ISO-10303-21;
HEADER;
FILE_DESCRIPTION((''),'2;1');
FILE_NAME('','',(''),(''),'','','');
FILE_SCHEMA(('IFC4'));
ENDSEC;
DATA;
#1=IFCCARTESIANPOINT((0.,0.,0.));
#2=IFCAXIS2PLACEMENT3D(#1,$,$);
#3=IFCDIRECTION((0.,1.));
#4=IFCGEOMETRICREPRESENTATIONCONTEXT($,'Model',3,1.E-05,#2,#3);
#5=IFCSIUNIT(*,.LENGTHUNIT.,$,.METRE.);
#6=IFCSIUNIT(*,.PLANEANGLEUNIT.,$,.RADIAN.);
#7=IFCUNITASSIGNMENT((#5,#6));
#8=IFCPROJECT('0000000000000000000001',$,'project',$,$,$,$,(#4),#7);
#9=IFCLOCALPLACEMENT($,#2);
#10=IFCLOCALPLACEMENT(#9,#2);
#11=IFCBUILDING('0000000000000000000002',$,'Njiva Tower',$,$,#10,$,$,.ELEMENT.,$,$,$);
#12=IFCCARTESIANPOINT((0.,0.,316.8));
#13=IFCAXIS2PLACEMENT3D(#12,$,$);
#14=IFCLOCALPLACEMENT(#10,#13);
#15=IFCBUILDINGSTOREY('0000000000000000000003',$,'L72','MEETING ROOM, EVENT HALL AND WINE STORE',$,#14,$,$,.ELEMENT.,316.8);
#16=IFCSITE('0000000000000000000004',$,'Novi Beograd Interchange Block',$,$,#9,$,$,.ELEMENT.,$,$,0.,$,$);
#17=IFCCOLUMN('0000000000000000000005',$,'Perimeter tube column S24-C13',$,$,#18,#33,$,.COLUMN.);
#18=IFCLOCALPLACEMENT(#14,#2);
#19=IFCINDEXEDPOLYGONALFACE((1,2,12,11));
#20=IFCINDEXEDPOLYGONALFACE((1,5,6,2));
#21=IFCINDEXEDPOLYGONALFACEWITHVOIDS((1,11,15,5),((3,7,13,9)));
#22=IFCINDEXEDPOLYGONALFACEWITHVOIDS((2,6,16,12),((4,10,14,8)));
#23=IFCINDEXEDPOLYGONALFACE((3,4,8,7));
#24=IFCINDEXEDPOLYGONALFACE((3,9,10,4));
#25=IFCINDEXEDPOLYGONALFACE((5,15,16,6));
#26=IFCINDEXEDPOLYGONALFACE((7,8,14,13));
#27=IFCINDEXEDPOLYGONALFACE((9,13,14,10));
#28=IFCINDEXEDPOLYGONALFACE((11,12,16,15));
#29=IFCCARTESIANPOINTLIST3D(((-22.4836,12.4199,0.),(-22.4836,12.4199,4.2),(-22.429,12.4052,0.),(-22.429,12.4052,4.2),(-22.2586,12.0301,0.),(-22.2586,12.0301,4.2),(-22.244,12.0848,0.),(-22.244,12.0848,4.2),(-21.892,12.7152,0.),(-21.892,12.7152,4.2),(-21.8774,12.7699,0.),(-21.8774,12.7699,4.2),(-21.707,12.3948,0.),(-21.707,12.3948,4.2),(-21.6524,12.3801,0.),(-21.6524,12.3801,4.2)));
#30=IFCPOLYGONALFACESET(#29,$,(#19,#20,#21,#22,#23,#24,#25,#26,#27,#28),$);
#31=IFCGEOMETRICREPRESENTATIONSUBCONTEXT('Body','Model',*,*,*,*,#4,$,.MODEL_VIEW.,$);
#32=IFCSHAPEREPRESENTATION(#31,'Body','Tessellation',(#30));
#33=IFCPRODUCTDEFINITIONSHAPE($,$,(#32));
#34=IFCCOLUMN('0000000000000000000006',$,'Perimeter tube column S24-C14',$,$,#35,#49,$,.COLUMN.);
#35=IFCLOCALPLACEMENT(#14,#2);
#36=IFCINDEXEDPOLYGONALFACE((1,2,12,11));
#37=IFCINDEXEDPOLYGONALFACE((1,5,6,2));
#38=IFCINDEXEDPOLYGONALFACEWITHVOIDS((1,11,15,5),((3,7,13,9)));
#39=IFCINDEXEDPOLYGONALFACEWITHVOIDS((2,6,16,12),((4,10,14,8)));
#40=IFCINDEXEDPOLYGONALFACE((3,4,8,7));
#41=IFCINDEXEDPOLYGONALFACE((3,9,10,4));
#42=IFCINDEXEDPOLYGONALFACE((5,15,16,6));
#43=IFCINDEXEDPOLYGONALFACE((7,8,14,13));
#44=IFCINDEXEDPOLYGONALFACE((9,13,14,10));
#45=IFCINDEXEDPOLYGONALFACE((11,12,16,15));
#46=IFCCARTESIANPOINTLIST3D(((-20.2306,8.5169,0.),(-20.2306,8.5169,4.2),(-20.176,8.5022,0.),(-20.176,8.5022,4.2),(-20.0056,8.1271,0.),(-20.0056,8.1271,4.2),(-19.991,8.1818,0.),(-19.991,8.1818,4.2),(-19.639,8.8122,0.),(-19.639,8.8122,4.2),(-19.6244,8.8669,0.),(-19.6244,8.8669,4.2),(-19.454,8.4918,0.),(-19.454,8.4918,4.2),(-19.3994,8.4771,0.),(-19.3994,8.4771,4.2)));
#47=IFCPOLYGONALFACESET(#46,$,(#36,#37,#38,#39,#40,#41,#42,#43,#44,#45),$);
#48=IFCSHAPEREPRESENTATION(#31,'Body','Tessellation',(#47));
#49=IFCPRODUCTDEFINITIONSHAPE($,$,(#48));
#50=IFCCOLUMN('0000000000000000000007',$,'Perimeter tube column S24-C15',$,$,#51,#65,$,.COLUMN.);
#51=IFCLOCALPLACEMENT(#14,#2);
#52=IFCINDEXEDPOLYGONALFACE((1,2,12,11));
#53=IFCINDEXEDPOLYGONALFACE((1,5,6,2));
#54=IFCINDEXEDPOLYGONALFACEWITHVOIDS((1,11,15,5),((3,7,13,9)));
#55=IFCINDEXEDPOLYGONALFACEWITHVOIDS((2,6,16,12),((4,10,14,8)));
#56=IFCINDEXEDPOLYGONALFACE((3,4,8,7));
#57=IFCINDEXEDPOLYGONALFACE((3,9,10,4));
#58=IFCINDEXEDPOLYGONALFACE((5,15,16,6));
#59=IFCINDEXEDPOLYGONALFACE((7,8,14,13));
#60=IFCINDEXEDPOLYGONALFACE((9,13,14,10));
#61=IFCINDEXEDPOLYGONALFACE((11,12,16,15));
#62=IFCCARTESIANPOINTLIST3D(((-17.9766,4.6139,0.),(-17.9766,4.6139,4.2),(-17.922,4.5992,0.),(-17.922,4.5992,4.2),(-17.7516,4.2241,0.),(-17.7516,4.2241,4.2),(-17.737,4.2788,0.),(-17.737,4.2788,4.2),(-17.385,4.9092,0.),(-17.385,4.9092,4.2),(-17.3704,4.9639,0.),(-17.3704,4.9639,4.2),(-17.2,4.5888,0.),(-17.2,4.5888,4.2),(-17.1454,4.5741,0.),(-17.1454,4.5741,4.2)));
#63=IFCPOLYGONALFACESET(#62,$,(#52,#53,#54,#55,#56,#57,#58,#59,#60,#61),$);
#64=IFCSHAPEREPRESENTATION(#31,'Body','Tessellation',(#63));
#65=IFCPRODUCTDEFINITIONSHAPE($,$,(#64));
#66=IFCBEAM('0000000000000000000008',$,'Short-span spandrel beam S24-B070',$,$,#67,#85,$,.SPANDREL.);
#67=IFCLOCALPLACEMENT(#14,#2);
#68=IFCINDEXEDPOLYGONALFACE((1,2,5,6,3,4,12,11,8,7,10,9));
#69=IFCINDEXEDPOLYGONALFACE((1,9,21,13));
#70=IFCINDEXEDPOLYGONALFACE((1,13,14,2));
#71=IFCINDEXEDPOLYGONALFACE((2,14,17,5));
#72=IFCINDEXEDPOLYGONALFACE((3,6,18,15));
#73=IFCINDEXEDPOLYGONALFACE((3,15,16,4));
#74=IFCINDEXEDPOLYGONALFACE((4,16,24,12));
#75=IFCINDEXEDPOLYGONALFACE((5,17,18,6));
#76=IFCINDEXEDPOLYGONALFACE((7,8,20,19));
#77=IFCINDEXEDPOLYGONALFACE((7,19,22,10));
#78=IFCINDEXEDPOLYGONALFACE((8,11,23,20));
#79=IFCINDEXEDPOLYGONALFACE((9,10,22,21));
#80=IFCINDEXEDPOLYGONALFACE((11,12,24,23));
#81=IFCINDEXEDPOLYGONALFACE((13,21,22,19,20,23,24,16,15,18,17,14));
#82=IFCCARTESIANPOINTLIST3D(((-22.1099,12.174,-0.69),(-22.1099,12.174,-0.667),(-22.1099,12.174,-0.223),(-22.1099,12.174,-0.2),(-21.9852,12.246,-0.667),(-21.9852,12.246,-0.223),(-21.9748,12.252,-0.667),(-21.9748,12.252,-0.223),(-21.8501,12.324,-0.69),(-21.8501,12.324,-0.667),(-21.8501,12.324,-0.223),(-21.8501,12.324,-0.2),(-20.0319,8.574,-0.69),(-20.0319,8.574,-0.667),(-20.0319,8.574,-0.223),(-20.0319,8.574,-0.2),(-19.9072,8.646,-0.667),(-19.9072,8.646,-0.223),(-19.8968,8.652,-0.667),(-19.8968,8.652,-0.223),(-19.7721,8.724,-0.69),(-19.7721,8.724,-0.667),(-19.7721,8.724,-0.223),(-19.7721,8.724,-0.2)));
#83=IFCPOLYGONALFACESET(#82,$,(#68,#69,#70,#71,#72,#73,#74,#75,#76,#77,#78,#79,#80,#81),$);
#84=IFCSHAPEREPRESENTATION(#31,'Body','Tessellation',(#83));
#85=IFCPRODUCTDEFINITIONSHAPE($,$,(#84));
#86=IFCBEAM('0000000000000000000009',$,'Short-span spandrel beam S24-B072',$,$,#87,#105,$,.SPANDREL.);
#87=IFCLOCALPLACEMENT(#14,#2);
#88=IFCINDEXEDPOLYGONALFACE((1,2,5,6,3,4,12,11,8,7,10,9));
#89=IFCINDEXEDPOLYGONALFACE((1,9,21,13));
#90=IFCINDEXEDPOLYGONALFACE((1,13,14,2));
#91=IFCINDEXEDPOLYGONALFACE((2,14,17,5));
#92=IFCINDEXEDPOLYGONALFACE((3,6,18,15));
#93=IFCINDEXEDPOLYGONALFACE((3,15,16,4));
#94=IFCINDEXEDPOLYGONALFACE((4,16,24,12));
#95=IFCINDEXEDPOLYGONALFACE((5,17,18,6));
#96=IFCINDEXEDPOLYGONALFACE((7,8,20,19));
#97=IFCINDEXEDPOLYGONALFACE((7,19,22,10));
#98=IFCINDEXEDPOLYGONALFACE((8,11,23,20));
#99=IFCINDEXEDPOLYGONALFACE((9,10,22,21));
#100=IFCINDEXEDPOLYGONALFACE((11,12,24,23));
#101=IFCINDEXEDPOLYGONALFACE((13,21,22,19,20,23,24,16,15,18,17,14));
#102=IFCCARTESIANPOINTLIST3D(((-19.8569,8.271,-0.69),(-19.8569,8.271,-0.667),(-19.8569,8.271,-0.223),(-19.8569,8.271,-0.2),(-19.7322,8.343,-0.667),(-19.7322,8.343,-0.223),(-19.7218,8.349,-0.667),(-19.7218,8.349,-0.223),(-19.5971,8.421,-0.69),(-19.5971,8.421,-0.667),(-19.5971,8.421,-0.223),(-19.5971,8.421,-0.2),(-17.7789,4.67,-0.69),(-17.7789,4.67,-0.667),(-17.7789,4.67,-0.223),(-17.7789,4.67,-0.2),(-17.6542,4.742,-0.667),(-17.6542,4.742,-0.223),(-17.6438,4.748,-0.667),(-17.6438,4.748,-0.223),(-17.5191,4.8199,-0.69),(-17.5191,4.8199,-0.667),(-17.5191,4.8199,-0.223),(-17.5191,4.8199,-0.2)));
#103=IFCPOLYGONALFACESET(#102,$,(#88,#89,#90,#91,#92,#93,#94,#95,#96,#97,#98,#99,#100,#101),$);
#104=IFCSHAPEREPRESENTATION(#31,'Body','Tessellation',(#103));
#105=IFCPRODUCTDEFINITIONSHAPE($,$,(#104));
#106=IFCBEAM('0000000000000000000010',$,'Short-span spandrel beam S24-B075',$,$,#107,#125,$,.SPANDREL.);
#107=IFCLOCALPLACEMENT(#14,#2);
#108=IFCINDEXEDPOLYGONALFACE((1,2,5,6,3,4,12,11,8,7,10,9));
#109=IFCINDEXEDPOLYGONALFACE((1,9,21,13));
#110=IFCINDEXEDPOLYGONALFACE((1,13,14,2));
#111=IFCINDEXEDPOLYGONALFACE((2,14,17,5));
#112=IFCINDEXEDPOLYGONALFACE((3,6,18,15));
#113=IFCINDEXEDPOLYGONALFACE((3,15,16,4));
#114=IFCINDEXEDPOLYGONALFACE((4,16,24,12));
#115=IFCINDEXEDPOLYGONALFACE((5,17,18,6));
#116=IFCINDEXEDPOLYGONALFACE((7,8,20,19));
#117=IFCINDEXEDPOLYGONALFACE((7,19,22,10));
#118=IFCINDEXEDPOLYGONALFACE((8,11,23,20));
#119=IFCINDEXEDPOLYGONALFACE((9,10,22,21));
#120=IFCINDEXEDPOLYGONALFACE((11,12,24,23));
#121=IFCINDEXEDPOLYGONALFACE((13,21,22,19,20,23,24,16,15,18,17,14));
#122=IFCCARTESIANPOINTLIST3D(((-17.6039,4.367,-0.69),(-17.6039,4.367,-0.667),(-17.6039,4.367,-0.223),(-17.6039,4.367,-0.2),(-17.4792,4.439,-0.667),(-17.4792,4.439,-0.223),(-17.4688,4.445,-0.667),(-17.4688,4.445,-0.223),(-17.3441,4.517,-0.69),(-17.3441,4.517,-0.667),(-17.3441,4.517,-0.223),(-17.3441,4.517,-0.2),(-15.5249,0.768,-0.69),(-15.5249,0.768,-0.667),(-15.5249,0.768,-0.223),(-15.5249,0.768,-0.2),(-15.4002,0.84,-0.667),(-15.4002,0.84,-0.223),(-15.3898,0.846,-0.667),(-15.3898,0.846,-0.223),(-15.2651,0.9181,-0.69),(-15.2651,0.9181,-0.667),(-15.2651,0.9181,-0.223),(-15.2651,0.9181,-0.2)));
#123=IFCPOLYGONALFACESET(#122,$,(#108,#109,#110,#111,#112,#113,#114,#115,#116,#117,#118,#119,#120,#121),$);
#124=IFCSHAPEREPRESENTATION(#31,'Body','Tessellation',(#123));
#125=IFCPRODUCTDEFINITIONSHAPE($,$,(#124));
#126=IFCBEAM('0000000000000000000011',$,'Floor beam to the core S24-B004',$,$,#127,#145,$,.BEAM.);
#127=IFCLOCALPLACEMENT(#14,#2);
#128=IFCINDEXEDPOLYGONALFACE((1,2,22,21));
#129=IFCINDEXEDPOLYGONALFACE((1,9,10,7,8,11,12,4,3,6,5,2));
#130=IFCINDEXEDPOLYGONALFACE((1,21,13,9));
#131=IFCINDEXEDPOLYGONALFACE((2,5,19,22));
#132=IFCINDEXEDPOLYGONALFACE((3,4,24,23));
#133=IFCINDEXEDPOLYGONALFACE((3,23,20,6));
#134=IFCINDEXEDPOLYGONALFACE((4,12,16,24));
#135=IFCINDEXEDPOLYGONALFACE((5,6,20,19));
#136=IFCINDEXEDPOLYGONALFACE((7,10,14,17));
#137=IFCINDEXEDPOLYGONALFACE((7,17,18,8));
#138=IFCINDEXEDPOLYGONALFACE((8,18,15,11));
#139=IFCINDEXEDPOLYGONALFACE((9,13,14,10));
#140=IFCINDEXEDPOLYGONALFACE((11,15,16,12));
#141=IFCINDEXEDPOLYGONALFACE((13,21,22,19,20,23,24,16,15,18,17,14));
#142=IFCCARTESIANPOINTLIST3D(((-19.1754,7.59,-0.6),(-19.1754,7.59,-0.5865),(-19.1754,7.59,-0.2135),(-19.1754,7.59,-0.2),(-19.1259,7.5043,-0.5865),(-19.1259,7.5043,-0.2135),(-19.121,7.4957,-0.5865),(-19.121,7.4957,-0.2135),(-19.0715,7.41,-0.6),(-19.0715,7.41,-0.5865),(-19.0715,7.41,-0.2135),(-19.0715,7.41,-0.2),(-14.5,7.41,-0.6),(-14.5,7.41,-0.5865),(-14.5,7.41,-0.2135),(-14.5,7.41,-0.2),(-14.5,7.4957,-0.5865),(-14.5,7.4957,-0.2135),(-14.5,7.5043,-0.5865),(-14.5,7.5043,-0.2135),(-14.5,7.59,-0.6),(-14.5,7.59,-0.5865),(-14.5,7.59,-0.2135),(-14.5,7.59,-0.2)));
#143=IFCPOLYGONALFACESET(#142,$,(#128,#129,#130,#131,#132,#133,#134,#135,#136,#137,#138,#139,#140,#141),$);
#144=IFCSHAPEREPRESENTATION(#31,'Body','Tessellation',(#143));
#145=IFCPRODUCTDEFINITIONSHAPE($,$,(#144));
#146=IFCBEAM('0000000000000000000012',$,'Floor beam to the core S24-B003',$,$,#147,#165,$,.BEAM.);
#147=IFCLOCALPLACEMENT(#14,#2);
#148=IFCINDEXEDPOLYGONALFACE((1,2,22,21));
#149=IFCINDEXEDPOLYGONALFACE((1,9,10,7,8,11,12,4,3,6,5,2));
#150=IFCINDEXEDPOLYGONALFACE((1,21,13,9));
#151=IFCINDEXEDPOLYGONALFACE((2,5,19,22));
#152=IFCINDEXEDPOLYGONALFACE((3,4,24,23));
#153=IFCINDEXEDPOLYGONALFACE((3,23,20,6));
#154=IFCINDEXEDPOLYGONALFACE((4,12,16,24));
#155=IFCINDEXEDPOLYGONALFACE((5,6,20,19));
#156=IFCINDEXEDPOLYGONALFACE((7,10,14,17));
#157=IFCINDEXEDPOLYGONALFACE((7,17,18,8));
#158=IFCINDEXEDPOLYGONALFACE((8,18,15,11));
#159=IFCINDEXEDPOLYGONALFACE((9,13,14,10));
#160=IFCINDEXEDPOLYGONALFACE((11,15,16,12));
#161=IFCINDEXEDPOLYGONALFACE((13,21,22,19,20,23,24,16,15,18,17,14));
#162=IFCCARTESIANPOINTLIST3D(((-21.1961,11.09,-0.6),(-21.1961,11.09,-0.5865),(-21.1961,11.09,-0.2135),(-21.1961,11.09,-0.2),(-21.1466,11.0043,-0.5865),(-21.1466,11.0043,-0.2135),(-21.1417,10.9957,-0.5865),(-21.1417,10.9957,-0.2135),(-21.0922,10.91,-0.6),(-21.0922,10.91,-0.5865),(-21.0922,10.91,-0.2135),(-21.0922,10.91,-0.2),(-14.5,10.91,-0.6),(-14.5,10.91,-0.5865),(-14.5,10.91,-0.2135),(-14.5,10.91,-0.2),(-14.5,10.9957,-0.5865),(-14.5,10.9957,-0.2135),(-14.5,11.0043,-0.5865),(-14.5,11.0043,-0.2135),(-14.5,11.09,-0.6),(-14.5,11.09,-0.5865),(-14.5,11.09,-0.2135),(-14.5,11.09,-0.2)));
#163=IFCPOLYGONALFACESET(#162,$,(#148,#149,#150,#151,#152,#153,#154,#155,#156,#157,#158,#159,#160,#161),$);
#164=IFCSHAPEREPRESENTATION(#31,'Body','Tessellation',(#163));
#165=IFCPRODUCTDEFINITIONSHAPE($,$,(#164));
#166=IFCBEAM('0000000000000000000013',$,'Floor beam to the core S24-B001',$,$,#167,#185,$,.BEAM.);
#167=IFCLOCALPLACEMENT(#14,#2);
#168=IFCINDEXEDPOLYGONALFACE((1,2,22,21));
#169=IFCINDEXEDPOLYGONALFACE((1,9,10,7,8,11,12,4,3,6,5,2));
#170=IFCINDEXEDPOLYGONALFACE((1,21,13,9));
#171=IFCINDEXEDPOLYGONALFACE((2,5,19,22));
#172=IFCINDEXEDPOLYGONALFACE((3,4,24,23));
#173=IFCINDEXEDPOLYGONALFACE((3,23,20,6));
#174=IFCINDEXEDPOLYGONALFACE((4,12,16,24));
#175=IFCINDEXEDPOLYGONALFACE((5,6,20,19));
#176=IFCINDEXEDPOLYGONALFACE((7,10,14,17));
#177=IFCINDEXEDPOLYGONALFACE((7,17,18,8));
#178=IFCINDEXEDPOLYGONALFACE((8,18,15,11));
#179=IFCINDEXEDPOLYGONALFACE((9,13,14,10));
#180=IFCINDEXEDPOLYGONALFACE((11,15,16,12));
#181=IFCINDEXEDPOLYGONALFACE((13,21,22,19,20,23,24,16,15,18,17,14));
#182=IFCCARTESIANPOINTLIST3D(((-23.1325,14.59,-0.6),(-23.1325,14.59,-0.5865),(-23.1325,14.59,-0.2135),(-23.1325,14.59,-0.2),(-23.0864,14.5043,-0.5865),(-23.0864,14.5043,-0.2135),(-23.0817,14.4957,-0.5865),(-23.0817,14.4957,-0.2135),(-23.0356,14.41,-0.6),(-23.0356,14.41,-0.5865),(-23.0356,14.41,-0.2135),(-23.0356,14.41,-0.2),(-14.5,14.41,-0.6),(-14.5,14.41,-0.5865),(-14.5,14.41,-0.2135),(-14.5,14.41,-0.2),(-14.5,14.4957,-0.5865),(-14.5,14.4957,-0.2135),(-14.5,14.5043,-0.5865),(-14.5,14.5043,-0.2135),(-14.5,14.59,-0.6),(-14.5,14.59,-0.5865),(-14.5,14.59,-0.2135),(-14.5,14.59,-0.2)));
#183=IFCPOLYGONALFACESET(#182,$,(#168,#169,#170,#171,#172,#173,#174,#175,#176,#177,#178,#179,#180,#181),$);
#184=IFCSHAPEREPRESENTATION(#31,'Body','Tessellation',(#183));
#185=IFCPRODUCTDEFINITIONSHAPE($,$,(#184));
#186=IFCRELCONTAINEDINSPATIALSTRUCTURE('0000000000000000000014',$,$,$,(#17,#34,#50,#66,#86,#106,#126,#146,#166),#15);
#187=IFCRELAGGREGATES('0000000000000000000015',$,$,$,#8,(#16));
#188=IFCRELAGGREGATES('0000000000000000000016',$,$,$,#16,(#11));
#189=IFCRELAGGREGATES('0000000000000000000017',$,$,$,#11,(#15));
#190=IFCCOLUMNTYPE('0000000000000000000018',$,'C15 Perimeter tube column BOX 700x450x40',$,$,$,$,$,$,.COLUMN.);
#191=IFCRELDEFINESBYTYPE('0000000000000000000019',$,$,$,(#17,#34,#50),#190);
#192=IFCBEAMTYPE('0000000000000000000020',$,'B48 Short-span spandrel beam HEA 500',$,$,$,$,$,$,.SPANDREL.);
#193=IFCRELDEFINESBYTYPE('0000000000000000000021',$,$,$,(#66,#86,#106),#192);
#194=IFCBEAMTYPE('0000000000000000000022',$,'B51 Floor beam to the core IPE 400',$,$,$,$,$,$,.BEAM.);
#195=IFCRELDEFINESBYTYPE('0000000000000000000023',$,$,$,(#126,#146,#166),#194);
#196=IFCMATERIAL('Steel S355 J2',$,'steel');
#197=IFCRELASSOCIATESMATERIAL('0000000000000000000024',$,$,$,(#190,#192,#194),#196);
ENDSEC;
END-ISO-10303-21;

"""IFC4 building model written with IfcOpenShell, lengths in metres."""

from ifc_helpers import new_model, si_unit, direction, frame, origin, origin_2d, place, context, subcontext, project, spatial, hollow_rectangle, i_section, extrude, clip, halfspace, material, material_profile, profile_set, type_object, element, save


model = new_model("IFC4")

# Units and contexts
model_context = context("Model", 3, precision=1e-05, world=origin(), true_north=direction((0.0, 1.0)))
body_context = subcontext(model_context, "Body", "Model", "MODEL_VIEW")
ifc_project = project(units=[si_unit("LENGTHUNIT", "METRE"), si_unit("PLANEANGLEUNIT", "RADIAN")], contexts=[model_context])

# Site, building, storey
site_placement = place(None, origin())
site = spatial("IfcSite", under=ifc_project, at=site_placement, Name="Novi Beograd Interchange Block", CompositionType="ELEMENT", RefElevation=0.0)
building_placement = place(site_placement, origin())
building = spatial("IfcBuilding", under=site, at=building_placement, Name="Njiva Tower", CompositionType="ELEMENT")
storey_placement = place(building_placement, frame((0.0, 0.0, 316.8)))
storey = spatial("IfcBuildingStorey", under=building, at=storey_placement, Name="L72", Description="MEETING ROOM, EVENT HALL AND WINE STORE", CompositionType="ELEMENT", Elevation=316.8)

# Columns
ifc_material_1 = material(Name="Steel S355 J2", Category="steel")
ifc_material_profile_1 = material_profile(ifc_material_1, hollow_rectangle(XDim=0.45, YDim=0.7, WallThickness=0.04, at=origin_2d()), Name="BOX 700x450x40")
ifc_profile_set_1 = profile_set([ifc_material_profile_1], Name="Steel S355 J2")
column_type = type_object("IfcColumnType", Name="C15 Perimeter tube column BOX 700x450x40", PredefinedType="COLUMN", material=ifc_profile_set_1)
for number, where, z_axis, x_axis, name in (
    (1, (-22.068, 12.4, 0.0), (0.0, 0.0, 1.0), (0.5, -0.866025, 0.0), "Perimeter tube column S24-C13"),
    (2, (-19.815, 8.497, 0.0), (0.0, 0.0, 1.0), (0.5, -0.866025, 0.0), "Perimeter tube column S24-C14"),
    (3, (-17.561, 4.594, 0.0), (0.0, 0.0, 1.0), (0.5, -0.866025, 0.0), "Perimeter tube column S24-C15"),
):
    element("IfcColumn", number, at=place(storey_placement, frame(where, z_axis=z_axis, x_axis=x_axis)), inside=storey, type_object=column_type, Name=name, PredefinedType="COLUMN", context=body_context, shape_type="SweptSolid", body=[
        extrude(hollow_rectangle(XDim=0.45, YDim=0.7, WallThickness=0.04, at=origin_2d()), origin(), (0.0, 0.0, 1.0), 4.2),
    ])

# Beams
ifc_material_profile_2 = material_profile(ifc_material_1, i_section(OverallWidth=0.3, OverallDepth=0.49, WebThickness=0.012, FlangeThickness=0.023, at=origin_2d()), Name="HEA 500")
ifc_profile_set_2 = profile_set([ifc_material_profile_2], Name="Steel S355 J2")
beam_type_1 = type_object("IfcBeamType", Name="B48 Short-span spandrel beam HEA 500", PredefinedType="SPANDREL", material=ifc_profile_set_2)
beam_1_placement = place(storey_placement, frame((-21.98, 12.249, -0.445), z_axis=(0.499917, -0.866073, 0.0), x_axis=(0.866073, 0.499917, 0.0)))
element("IfcBeam", 4, at=beam_1_placement, inside=storey, type_object=beam_type_1, Name="Short-span spandrel beam S24-B070", PredefinedType="SPANDREL", context=body_context, shape_type="SweptSolid", body=[
    extrude(i_section(OverallWidth=0.3, OverallDepth=0.49, WebThickness=0.012, FlangeThickness=0.023, at=origin_2d()), origin(), (0.0, 0.0, 1.0), 4.1567),
])
beam_2_placement = place(storey_placement, frame((-19.727, 8.346, -0.445), z_axis=(0.499813, -0.866134, 0.0), x_axis=(0.866134, 0.499813, 0.0)))
element("IfcBeam", 5, at=beam_2_placement, inside=storey, type_object=beam_type_1, Name="Short-span spandrel beam S24-B072", PredefinedType="SPANDREL", context=body_context, shape_type="SweptSolid", body=[
    extrude(i_section(OverallWidth=0.3, OverallDepth=0.49, WebThickness=0.012, FlangeThickness=0.023, at=origin_2d()), origin(), (0.0, 0.0, 1.0), 4.1576),
])
beam_3_placement = place(storey_placement, frame((-17.474, 4.442, -0.445), z_axis=(0.500201, -0.865909, 0.0), x_axis=(0.865909, 0.500201, 0.0)))
element("IfcBeam", 6, at=beam_3_placement, inside=storey, type_object=beam_type_1, Name="Short-span spandrel beam S24-B075", PredefinedType="SPANDREL", context=body_context, shape_type="SweptSolid", body=[
    extrude(i_section(OverallWidth=0.3, OverallDepth=0.49, WebThickness=0.012, FlangeThickness=0.023, at=origin_2d()), origin(), (0.0, 0.0, 1.0), 4.1563),
])
ifc_material_profile_3 = material_profile(ifc_material_1, i_section(OverallWidth=0.18, OverallDepth=0.4, WebThickness=0.0086, FlangeThickness=0.0135, at=origin_2d()), Name="IPE 400")
ifc_profile_set_3 = profile_set([ifc_material_profile_3], Name="Steel S355 J2")
beam_type_2 = type_object("IfcBeamType", Name="B51 Floor beam to the core IPE 400", PredefinedType="BEAM", material=ifc_profile_set_3)
beam_4_placement = place(storey_placement, frame((-19.195, 7.5, -0.4), z_axis=(1.0, 0.0, 0.0), x_axis=(0.0, 1.0, 0.0)))
element("IfcBeam", 7, at=beam_4_placement, inside=storey, type_object=beam_type_2, Name="Floor beam to the core S24-B004", PredefinedType="BEAM", context=body_context, shape_type="Clipping", body=[
    clip(extrude(i_section(OverallWidth=0.18, OverallDepth=0.4, WebThickness=0.0086, FlangeThickness=0.0135, at=origin_2d()), origin(), (0.0, 0.0, 1.0), 4.695), halfspace(frame((-0.025, 0.0, 0.086), z_axis=(-0.499998, 0.0, -0.866027), x_axis=(0.0, -1.0, 0.0)), False)),
])
beam_5_placement = place(storey_placement, frame((-21.216, 11.0, -0.4), z_axis=(1.0, 0.0, 0.0), x_axis=(0.0, 1.0, 0.0)))
element("IfcBeam", 8, at=beam_5_placement, inside=storey, type_object=beam_type_2, Name="Floor beam to the core S24-B003", PredefinedType="BEAM", context=body_context, shape_type="Clipping", body=[
    clip(extrude(i_section(OverallWidth=0.18, OverallDepth=0.4, WebThickness=0.0086, FlangeThickness=0.0135, at=origin_2d()), origin(), (0.0, 0.0, 1.0), 6.716), halfspace(frame((-0.025, 0.0, 0.0863), z_axis=(-0.499998, 0.0, -0.866027), x_axis=(0.0, -1.0, 0.0)), False)),
])
beam_6_placement = place(storey_placement, frame((-23.152, 14.5, -0.4), z_axis=(1.0, 0.0, 0.0), x_axis=(0.0, 1.0, 0.0)))
element("IfcBeam", 9, at=beam_6_placement, inside=storey, type_object=beam_type_2, Name="Floor beam to the core S24-B001", PredefinedType="BEAM", context=body_context, shape_type="Clipping", body=[
    clip(extrude(i_section(OverallWidth=0.18, OverallDepth=0.4, WebThickness=0.0086, FlangeThickness=0.0135, at=origin_2d()), origin(), (0.0, 0.0, 1.0), 8.652), halfspace(frame((-0.0237, 0.0, 0.0807), z_axis=(-0.473762, 0.0, -0.880653), x_axis=(0.0, -1.0, 0.0)), False)),
])

save(model, "model.ifc")
